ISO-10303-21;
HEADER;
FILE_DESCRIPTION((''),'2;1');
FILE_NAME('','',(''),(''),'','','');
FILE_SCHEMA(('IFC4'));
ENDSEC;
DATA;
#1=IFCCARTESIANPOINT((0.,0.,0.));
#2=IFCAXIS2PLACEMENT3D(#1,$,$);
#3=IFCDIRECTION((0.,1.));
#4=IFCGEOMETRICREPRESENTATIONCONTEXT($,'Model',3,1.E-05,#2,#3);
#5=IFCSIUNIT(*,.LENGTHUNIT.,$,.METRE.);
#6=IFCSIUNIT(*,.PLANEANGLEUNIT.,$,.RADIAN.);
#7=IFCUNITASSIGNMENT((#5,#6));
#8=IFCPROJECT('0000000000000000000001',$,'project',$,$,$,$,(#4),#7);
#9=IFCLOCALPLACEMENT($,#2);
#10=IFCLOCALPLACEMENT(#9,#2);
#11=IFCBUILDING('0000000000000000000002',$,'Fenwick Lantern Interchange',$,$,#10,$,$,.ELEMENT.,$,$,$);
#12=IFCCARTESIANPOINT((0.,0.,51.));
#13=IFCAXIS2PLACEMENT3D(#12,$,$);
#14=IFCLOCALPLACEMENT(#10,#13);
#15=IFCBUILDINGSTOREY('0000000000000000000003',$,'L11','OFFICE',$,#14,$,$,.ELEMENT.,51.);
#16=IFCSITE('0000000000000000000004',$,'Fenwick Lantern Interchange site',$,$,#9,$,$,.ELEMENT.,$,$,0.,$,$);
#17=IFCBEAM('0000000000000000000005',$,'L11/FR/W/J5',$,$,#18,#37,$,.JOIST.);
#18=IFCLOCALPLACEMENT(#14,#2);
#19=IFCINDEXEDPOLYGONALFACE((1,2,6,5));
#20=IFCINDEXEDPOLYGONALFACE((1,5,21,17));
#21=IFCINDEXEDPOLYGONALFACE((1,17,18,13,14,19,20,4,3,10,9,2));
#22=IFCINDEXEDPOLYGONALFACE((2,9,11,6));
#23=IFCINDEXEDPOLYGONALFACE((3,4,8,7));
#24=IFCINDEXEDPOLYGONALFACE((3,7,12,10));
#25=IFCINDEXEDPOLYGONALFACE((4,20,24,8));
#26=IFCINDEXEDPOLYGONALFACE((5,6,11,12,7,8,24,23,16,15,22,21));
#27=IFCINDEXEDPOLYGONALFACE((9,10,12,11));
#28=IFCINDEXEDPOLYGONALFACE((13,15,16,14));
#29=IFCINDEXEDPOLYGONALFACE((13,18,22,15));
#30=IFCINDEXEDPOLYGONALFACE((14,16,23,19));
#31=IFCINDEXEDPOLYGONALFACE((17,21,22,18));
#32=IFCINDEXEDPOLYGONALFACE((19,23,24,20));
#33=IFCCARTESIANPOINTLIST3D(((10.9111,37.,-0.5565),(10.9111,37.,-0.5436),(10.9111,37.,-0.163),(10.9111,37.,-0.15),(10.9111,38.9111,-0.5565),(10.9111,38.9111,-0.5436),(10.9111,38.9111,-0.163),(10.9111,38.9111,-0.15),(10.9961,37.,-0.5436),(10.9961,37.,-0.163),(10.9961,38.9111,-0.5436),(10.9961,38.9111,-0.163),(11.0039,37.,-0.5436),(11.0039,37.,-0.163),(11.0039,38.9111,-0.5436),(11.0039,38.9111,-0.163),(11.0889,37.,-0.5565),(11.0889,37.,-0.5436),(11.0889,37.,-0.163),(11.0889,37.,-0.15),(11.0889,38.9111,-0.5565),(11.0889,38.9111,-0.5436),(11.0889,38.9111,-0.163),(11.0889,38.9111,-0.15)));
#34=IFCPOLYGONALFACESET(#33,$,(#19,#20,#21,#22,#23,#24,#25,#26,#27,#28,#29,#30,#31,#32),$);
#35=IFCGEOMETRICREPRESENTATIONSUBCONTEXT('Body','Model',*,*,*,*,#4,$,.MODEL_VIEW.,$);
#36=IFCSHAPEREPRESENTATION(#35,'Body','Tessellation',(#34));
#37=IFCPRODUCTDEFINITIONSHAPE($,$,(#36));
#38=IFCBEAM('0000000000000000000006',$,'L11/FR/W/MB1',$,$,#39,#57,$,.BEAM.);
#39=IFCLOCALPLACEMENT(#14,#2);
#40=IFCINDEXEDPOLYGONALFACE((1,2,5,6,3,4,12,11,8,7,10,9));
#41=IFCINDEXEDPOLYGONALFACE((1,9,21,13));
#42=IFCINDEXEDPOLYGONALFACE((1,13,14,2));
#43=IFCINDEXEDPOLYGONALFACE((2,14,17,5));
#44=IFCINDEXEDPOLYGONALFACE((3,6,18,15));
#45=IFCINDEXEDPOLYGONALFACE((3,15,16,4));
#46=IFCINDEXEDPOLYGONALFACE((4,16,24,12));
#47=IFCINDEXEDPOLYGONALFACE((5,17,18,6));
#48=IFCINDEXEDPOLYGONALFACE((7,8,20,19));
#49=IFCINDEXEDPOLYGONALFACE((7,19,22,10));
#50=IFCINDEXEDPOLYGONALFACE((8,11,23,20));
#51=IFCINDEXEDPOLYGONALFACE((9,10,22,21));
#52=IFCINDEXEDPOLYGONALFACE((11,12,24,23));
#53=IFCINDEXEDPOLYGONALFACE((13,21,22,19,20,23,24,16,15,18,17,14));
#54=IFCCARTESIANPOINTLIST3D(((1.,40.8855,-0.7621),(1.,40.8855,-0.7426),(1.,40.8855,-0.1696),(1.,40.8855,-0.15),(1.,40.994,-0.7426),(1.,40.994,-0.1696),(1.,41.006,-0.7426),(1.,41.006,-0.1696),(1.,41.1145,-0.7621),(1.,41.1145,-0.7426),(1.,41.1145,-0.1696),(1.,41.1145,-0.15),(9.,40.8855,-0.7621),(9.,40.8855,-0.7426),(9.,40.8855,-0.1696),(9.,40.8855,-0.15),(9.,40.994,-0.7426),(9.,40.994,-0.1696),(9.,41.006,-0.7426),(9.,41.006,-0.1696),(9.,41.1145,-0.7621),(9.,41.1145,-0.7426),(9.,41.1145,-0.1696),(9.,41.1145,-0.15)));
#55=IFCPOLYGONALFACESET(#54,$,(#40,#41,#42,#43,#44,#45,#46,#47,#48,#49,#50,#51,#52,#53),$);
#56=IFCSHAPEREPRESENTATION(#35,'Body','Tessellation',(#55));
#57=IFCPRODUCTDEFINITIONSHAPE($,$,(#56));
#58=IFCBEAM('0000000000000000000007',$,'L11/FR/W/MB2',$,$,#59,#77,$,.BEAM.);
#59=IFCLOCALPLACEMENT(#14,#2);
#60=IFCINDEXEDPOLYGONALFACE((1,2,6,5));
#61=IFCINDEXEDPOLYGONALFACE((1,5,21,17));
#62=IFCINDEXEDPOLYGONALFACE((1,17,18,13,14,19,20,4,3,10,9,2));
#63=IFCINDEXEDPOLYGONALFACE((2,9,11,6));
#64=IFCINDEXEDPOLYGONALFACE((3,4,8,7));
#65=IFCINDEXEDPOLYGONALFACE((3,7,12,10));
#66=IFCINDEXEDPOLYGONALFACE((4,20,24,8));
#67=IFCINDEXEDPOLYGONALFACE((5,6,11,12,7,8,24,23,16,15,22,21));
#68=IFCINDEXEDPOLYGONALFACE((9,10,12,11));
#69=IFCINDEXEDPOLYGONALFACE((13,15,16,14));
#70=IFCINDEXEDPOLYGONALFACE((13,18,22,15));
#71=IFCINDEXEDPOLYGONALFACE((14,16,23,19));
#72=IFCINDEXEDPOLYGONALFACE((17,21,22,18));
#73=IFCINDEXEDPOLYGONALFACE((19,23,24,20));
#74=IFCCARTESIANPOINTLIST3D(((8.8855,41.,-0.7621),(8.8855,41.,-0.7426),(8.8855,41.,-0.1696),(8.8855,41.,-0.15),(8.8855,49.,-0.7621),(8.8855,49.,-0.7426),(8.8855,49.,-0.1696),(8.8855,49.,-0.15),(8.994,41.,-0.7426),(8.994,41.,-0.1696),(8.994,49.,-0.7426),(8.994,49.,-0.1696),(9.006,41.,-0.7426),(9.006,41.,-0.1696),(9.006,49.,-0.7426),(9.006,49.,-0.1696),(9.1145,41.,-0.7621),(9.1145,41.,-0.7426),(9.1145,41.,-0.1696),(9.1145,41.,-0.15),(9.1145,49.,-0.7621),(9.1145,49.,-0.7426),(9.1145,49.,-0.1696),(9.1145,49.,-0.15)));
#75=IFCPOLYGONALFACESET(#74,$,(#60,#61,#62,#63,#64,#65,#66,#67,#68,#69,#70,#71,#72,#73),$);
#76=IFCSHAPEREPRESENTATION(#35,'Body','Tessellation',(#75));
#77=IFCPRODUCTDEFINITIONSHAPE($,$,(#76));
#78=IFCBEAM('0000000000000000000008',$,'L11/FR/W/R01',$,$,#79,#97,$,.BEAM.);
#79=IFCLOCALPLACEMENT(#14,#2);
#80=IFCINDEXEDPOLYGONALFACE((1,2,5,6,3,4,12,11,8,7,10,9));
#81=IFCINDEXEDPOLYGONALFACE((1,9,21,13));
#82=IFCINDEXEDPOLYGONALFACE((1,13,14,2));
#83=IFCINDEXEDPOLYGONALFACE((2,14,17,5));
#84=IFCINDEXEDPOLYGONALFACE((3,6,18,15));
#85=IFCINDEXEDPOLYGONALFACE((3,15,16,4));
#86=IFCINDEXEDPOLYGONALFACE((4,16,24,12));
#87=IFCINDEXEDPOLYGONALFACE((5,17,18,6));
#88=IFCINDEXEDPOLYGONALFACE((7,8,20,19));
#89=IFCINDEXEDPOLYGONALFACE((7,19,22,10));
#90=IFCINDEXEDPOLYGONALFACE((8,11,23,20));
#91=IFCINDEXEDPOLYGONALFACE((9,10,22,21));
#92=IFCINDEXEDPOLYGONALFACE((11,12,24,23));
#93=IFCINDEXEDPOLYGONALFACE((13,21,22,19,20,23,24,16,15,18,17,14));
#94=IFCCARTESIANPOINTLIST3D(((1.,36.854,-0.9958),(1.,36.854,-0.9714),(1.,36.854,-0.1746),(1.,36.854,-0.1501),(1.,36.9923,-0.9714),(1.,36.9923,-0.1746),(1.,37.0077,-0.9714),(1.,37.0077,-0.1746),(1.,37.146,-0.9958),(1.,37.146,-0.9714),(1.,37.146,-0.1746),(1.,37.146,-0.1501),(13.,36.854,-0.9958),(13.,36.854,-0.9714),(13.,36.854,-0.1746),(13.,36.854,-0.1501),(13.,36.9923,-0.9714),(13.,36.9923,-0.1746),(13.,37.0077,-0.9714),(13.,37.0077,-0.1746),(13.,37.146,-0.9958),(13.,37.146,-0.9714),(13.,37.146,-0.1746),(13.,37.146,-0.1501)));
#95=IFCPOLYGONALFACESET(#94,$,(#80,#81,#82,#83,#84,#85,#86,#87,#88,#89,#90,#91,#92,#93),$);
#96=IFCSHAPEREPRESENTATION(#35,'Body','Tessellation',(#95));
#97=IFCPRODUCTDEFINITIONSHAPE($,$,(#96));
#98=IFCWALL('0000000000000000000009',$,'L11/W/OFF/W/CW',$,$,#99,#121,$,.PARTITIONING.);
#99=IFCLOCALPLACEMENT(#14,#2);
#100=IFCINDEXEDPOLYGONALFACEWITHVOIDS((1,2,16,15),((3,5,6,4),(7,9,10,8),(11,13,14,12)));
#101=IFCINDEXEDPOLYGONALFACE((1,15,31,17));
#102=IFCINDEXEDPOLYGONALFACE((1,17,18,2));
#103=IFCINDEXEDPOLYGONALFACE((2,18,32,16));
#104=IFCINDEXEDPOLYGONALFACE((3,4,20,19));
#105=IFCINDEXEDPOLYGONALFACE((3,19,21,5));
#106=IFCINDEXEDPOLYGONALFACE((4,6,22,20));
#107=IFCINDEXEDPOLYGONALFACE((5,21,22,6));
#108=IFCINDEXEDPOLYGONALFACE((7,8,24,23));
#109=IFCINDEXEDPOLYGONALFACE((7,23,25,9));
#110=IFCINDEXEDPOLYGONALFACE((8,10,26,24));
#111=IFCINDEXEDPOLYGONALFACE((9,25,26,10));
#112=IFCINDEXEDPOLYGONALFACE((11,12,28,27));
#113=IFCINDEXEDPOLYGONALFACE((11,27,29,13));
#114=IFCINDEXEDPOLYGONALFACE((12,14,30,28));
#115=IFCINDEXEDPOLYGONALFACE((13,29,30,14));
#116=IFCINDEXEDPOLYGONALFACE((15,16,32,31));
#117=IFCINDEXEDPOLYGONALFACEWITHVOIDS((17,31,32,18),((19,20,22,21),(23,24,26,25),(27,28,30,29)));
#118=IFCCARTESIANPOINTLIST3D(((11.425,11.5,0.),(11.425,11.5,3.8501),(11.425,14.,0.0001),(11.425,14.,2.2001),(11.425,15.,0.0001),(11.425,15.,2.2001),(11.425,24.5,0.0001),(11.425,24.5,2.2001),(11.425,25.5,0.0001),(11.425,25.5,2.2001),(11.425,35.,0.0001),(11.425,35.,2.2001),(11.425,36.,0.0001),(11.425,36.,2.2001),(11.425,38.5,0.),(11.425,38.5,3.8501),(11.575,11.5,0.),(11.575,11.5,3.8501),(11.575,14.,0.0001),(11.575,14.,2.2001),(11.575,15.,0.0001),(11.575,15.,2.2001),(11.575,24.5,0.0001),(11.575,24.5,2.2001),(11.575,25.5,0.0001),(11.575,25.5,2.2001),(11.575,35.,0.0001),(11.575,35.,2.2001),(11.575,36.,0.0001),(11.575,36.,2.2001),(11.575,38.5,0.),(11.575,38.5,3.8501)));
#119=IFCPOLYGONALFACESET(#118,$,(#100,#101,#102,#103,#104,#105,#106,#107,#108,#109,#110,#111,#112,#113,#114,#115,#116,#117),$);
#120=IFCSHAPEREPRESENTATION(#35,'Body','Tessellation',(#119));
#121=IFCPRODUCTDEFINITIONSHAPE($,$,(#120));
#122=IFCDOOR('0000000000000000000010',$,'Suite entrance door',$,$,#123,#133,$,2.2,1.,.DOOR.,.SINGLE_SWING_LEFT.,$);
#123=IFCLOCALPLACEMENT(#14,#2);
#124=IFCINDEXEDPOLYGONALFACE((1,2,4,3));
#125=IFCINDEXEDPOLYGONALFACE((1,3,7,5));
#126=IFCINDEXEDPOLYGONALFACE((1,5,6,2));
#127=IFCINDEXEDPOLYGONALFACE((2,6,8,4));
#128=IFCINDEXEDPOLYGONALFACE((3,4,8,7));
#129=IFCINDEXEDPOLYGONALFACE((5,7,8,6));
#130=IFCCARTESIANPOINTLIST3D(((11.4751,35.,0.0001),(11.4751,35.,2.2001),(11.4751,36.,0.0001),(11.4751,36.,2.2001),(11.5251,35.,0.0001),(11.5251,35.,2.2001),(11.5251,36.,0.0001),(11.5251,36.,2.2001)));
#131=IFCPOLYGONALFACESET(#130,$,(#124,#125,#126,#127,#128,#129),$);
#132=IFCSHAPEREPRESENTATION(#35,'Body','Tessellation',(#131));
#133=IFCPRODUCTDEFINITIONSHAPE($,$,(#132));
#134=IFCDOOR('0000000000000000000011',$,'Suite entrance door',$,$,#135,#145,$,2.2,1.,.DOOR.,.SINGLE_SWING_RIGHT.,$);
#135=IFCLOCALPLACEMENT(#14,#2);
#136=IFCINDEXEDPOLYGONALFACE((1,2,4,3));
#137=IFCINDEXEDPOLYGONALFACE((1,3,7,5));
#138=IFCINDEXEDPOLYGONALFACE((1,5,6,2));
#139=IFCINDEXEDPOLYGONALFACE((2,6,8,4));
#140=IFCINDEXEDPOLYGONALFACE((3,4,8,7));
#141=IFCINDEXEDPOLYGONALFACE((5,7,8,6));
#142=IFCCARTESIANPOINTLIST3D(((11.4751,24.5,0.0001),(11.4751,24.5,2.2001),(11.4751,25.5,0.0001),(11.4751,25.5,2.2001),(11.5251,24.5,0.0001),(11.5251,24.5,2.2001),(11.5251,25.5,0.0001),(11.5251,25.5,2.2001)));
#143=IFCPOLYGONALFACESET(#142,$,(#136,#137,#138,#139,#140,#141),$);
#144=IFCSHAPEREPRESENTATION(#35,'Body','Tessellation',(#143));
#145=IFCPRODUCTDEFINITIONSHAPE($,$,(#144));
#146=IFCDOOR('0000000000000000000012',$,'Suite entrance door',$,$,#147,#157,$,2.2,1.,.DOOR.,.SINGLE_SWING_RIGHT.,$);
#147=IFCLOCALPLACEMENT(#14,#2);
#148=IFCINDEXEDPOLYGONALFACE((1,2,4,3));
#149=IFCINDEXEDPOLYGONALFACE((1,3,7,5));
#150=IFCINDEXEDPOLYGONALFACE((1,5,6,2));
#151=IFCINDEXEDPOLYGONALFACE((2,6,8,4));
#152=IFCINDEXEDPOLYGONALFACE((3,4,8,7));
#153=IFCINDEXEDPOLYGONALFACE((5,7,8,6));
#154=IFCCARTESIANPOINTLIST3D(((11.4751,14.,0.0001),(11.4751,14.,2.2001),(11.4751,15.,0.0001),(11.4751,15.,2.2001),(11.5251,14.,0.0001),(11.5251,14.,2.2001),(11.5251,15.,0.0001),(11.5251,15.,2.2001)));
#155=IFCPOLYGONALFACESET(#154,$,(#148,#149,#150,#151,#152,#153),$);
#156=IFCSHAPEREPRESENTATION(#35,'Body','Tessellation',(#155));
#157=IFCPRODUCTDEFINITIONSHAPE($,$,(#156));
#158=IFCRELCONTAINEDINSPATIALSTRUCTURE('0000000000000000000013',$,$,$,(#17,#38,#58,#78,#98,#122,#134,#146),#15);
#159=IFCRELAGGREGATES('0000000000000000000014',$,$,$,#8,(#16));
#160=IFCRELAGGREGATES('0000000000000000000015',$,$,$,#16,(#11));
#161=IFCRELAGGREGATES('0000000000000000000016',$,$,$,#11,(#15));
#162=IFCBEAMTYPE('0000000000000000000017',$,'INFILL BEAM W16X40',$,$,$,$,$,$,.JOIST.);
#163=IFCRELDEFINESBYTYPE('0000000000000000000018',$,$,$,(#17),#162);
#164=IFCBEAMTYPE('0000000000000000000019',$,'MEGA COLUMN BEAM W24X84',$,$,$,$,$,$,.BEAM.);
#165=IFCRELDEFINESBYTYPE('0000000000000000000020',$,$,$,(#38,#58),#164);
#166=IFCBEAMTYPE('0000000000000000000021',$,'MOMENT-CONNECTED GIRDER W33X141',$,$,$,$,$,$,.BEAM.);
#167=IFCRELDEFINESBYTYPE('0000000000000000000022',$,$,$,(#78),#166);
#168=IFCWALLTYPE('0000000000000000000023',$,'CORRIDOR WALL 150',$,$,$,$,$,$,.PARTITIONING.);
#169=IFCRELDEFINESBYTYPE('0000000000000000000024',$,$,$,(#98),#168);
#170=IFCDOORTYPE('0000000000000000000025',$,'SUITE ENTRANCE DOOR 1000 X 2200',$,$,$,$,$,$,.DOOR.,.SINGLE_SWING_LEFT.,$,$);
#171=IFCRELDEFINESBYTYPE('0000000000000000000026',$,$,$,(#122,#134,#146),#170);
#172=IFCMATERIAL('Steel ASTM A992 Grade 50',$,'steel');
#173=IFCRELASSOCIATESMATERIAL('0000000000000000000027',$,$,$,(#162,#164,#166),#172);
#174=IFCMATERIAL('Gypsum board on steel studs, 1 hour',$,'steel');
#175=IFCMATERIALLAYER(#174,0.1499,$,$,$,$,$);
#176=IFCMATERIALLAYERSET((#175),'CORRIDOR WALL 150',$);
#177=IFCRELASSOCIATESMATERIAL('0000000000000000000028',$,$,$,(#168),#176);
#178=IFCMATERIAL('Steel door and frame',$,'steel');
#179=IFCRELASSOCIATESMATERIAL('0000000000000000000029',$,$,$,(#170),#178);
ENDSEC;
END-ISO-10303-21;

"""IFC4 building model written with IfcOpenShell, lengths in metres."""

from ifc_helpers import new_model, si_unit, direction, frame, frame_2d, origin, origin_2d, place, context, subcontext, project, spatial, rectangle, i_section, extrude, material, layer, layer_set, material_profile, profile_set, type_object, element, fill, save


model = new_model("IFC4")

# Units and contexts
model_context = context("Model", 3, precision=1e-05, world=origin(), true_north=direction((0.0, 1.0)))
body_context = subcontext(model_context, "Body", "Model", "MODEL_VIEW")
ifc_project = project(units=[si_unit("LENGTHUNIT", "METRE"), si_unit("PLANEANGLEUNIT", "RADIAN")], contexts=[model_context])

# Site, building, storey
site_placement = place(None, origin())
site = spatial("IfcSite", under=ifc_project, at=site_placement, Name="Fenwick Lantern Interchange site", CompositionType="ELEMENT", RefElevation=0.0)
building_placement = place(site_placement, origin())
building = spatial("IfcBuilding", under=site, at=building_placement, Name="Fenwick Lantern Interchange", CompositionType="ELEMENT")
storey_placement = place(building_placement, frame((0.0, 0.0, 51.0)))
storey = spatial("IfcBuildingStorey", under=building, at=storey_placement, Name="L11", Description="OFFICE", CompositionType="ELEMENT", Elevation=51.0)

# Beams
ifc_material_1 = material(Name="Steel ASTM A992 Grade 50", Category="steel")
ifc_material_profile_1 = material_profile(ifc_material_1, i_section(OverallWidth=0.1777, OverallDepth=0.4065, WebThickness=0.0078, FlangeThickness=0.0129, at=origin_2d()), Name="W16X40")
ifc_profile_set_1 = profile_set([ifc_material_profile_1], Name="Steel ASTM A992 Grade 50")
beam_type_1 = type_object("IfcBeamType", Name="INFILL BEAM W16X40", PredefinedType="JOIST", material=ifc_profile_set_1)
beam_1_placement = place(storey_placement, frame((11.0, 38.9111, -0.3533), z_axis=(0.0, -1.0, 0.0), x_axis=(1.0, 0.0, 0.0)))
element("IfcBeam", 1, at=beam_1_placement, inside=storey, type_object=beam_type_1, Name="L11/FR/W/J5", PredefinedType="JOIST", context=body_context, shape_type="SweptSolid", body=[
    extrude(i_section(OverallWidth=0.1777, OverallDepth=0.4065, WebThickness=0.0078, FlangeThickness=0.0129, at=origin_2d()), origin(), (0.0, 0.0, 1.0), 1.9111),
])
ifc_material_profile_2 = material_profile(ifc_material_1, i_section(OverallWidth=0.229, OverallDepth=0.6121, WebThickness=0.012, FlangeThickness=0.0195, at=origin_2d()), Name="W24X84")
ifc_profile_set_2 = profile_set([ifc_material_profile_2], Name="Steel ASTM A992 Grade 50")
beam_type_2 = type_object("IfcBeamType", Name="MEGA COLUMN BEAM W24X84", PredefinedType="BEAM", material=ifc_profile_set_2)
for number, where, z_axis, x_axis, name in (
    (2, (9.0, 41.0, -0.4561), (-1.0, 0.0, 0.0), (0.0, -1.0, 0.0), "L11/FR/W/MB1"),
    (3, (9.0, 41.0, -0.4561), (0.0, 1.0, 0.0), (-1.0, 0.0, 0.0), "L11/FR/W/MB2"),
):
    element("IfcBeam", number, at=place(storey_placement, frame(where, z_axis=z_axis, x_axis=x_axis)), inside=storey, type_object=beam_type_2, Name=name, PredefinedType="BEAM", context=body_context, shape_type="SweptSolid", body=[
        extrude(i_section(OverallWidth=0.229, OverallDepth=0.6121, WebThickness=0.012, FlangeThickness=0.0195, at=origin_2d()), origin(), (0.0, 0.0, 1.0), 8.0),
    ])
ifc_material_profile_3 = material_profile(ifc_material_1, i_section(OverallWidth=0.292, OverallDepth=0.8457, WebThickness=0.0154, FlangeThickness=0.0244, at=origin_2d()), Name="W33X141")
ifc_profile_set_3 = profile_set([ifc_material_profile_3], Name="Steel ASTM A992 Grade 50")
beam_type_3 = type_object("IfcBeamType", Name="MOMENT-CONNECTED GIRDER W33X141", PredefinedType="BEAM", material=ifc_profile_set_3)
beam_2_placement = place(storey_placement, frame((1.0, 37.0, -0.573), z_axis=(1.0, 0.0, 0.0), x_axis=(0.0, 1.0, 0.0)))
element("IfcBeam", 4, at=beam_2_placement, inside=storey, type_object=beam_type_3, Name="L11/FR/W/R01", PredefinedType="BEAM", context=body_context, shape_type="SweptSolid", body=[
    extrude(i_section(OverallWidth=0.292, OverallDepth=0.8457, WebThickness=0.0154, FlangeThickness=0.0244, at=origin_2d()), origin(), (0.0, 0.0, 1.0), 12.0),
])

# Wall, openings, doors
ifc_material_2 = material(Name="Gypsum board on steel studs, 1 hour", Category="steel")
ifc_layer = layer(ifc_material_2, 0.1499)
ifc_layer_set = layer_set([ifc_layer], Name="CORRIDOR WALL 150")
wall_type = type_object("IfcWallType", Name="CORRIDOR WALL 150", PredefinedType="PARTITIONING", material=ifc_layer_set)
wall_placement = place(storey_placement, frame((11.5, 38.5, 0.0), z_axis=(0.0, 0.0, 1.0), x_axis=(0.0, -1.0, 0.0)))
wall = element("IfcWall", 5, at=wall_placement, inside=storey, type_object=wall_type, Name="L11/W/OFF/W/CW", PredefinedType="PARTITIONING", context=body_context, shape_type="SweptSolid", body=[
    extrude(rectangle(XDim=27.0, YDim=0.1499, at=frame_2d((13.5, 0.0))), origin(), (0.0, 0.0, 1.0), 3.8501),
])
opening_1_placement = place(wall_placement, frame((2.5, 0.0, 0.0)))
opening_1 = element("IfcOpeningElement", 6, at=opening_1_placement, cuts=wall, PredefinedType="OPENING", context=body_context, shape_type="SweptSolid", body=[
    extrude(rectangle(XDim=1.0, YDim=2.2, at=frame_2d((0.5, 1.1001))), frame((0.0, 0.085, 0.0), z_axis=(0.0, -1.0, 0.0), x_axis=(1.0, 0.0, 0.0)), (0.0, 0.0, 1.0), 0.1699),
])
opening_2_placement = place(wall_placement, frame((13.0, 0.0, 0.0)))
opening_2 = element("IfcOpeningElement", 7, at=opening_2_placement, cuts=wall, PredefinedType="OPENING", context=body_context, shape_type="SweptSolid", body=[
    extrude(rectangle(XDim=1.0, YDim=2.2, at=frame_2d((0.5, 1.1001))), frame((0.0, 0.085, 0.0), z_axis=(0.0, -1.0, 0.0), x_axis=(1.0, 0.0, 0.0)), (0.0, 0.0, 1.0), 0.1699),
])
opening_3_placement = place(wall_placement, frame((23.5, 0.0, 0.0)))
opening_3 = element("IfcOpeningElement", 8, at=opening_3_placement, cuts=wall, PredefinedType="OPENING", context=body_context, shape_type="SweptSolid", body=[
    extrude(rectangle(XDim=1.0, YDim=2.2, at=frame_2d((0.5, 1.1001))), frame((0.0, 0.085, 0.0), z_axis=(0.0, -1.0, 0.0), x_axis=(1.0, 0.0, 0.0)), (0.0, 0.0, 1.0), 0.1699),
])
ifc_material_3 = material(Name="Steel door and frame", Category="steel")
door_type = type_object("IfcDoorType", Name="SUITE ENTRANCE DOOR 1000 X 2200", OperationType="SINGLE_SWING_LEFT", PredefinedType="DOOR", material=ifc_material_3)
door_1_placement = place(opening_1_placement, frame((1.0, 0.0, 0.0), z_axis=(0.0, 0.0, 1.0), x_axis=(-1.0, 0.0, 0.0)))
door_1 = element("IfcDoor", 9, at=door_1_placement, inside=storey, type_object=door_type, Name="Suite entrance door", OperationType="SINGLE_SWING_LEFT", OverallHeight=2.2, OverallWidth=1.0, PredefinedType="DOOR", context=body_context, shape_type="SweptSolid", body=[
    extrude(rectangle(XDim=1.0, YDim=2.2, at=frame_2d((0.5, 1.1001))), frame((0.0, 0.0249, 0.0), z_axis=(0.0, -1.0, 0.0), x_axis=(1.0, 0.0, 0.0)), (0.0, 0.0, 1.0), 0.05),
])
fill(opening_1, door_1)
door_2_placement = place(opening_2_placement, frame((1.0, 0.0, 0.0), z_axis=(0.0, 0.0, 1.0), x_axis=(-1.0, 0.0, 0.0)))
door_2 = element("IfcDoor", 10, at=door_2_placement, inside=storey, type_object=door_type, Name="Suite entrance door", OperationType="SINGLE_SWING_RIGHT", OverallHeight=2.2, OverallWidth=1.0, PredefinedType="DOOR", context=body_context, shape_type="SweptSolid", body=[
    extrude(rectangle(XDim=1.0, YDim=2.2, at=frame_2d((0.5, 1.1001))), frame((0.0, 0.0249, 0.0), z_axis=(0.0, -1.0, 0.0), x_axis=(1.0, 0.0, 0.0)), (0.0, 0.0, 1.0), 0.05),
])
fill(opening_2, door_2)
door_3_placement = place(opening_3_placement, frame((1.0, 0.0, 0.0), z_axis=(0.0, 0.0, 1.0), x_axis=(-1.0, 0.0, 0.0)))
door_3 = element("IfcDoor", 11, at=door_3_placement, inside=storey, type_object=door_type, Name="Suite entrance door", OperationType="SINGLE_SWING_RIGHT", OverallHeight=2.2, OverallWidth=1.0, PredefinedType="DOOR", context=body_context, shape_type="SweptSolid", body=[
    extrude(rectangle(XDim=1.0, YDim=2.2, at=frame_2d((0.5, 1.1001))), frame((0.0, 0.0249, 0.0), z_axis=(0.0, -1.0, 0.0), x_axis=(1.0, 0.0, 0.0)), (0.0, 0.0, 1.0), 0.05),
])
fill(opening_3, door_3)

save(model, "model.ifc")
